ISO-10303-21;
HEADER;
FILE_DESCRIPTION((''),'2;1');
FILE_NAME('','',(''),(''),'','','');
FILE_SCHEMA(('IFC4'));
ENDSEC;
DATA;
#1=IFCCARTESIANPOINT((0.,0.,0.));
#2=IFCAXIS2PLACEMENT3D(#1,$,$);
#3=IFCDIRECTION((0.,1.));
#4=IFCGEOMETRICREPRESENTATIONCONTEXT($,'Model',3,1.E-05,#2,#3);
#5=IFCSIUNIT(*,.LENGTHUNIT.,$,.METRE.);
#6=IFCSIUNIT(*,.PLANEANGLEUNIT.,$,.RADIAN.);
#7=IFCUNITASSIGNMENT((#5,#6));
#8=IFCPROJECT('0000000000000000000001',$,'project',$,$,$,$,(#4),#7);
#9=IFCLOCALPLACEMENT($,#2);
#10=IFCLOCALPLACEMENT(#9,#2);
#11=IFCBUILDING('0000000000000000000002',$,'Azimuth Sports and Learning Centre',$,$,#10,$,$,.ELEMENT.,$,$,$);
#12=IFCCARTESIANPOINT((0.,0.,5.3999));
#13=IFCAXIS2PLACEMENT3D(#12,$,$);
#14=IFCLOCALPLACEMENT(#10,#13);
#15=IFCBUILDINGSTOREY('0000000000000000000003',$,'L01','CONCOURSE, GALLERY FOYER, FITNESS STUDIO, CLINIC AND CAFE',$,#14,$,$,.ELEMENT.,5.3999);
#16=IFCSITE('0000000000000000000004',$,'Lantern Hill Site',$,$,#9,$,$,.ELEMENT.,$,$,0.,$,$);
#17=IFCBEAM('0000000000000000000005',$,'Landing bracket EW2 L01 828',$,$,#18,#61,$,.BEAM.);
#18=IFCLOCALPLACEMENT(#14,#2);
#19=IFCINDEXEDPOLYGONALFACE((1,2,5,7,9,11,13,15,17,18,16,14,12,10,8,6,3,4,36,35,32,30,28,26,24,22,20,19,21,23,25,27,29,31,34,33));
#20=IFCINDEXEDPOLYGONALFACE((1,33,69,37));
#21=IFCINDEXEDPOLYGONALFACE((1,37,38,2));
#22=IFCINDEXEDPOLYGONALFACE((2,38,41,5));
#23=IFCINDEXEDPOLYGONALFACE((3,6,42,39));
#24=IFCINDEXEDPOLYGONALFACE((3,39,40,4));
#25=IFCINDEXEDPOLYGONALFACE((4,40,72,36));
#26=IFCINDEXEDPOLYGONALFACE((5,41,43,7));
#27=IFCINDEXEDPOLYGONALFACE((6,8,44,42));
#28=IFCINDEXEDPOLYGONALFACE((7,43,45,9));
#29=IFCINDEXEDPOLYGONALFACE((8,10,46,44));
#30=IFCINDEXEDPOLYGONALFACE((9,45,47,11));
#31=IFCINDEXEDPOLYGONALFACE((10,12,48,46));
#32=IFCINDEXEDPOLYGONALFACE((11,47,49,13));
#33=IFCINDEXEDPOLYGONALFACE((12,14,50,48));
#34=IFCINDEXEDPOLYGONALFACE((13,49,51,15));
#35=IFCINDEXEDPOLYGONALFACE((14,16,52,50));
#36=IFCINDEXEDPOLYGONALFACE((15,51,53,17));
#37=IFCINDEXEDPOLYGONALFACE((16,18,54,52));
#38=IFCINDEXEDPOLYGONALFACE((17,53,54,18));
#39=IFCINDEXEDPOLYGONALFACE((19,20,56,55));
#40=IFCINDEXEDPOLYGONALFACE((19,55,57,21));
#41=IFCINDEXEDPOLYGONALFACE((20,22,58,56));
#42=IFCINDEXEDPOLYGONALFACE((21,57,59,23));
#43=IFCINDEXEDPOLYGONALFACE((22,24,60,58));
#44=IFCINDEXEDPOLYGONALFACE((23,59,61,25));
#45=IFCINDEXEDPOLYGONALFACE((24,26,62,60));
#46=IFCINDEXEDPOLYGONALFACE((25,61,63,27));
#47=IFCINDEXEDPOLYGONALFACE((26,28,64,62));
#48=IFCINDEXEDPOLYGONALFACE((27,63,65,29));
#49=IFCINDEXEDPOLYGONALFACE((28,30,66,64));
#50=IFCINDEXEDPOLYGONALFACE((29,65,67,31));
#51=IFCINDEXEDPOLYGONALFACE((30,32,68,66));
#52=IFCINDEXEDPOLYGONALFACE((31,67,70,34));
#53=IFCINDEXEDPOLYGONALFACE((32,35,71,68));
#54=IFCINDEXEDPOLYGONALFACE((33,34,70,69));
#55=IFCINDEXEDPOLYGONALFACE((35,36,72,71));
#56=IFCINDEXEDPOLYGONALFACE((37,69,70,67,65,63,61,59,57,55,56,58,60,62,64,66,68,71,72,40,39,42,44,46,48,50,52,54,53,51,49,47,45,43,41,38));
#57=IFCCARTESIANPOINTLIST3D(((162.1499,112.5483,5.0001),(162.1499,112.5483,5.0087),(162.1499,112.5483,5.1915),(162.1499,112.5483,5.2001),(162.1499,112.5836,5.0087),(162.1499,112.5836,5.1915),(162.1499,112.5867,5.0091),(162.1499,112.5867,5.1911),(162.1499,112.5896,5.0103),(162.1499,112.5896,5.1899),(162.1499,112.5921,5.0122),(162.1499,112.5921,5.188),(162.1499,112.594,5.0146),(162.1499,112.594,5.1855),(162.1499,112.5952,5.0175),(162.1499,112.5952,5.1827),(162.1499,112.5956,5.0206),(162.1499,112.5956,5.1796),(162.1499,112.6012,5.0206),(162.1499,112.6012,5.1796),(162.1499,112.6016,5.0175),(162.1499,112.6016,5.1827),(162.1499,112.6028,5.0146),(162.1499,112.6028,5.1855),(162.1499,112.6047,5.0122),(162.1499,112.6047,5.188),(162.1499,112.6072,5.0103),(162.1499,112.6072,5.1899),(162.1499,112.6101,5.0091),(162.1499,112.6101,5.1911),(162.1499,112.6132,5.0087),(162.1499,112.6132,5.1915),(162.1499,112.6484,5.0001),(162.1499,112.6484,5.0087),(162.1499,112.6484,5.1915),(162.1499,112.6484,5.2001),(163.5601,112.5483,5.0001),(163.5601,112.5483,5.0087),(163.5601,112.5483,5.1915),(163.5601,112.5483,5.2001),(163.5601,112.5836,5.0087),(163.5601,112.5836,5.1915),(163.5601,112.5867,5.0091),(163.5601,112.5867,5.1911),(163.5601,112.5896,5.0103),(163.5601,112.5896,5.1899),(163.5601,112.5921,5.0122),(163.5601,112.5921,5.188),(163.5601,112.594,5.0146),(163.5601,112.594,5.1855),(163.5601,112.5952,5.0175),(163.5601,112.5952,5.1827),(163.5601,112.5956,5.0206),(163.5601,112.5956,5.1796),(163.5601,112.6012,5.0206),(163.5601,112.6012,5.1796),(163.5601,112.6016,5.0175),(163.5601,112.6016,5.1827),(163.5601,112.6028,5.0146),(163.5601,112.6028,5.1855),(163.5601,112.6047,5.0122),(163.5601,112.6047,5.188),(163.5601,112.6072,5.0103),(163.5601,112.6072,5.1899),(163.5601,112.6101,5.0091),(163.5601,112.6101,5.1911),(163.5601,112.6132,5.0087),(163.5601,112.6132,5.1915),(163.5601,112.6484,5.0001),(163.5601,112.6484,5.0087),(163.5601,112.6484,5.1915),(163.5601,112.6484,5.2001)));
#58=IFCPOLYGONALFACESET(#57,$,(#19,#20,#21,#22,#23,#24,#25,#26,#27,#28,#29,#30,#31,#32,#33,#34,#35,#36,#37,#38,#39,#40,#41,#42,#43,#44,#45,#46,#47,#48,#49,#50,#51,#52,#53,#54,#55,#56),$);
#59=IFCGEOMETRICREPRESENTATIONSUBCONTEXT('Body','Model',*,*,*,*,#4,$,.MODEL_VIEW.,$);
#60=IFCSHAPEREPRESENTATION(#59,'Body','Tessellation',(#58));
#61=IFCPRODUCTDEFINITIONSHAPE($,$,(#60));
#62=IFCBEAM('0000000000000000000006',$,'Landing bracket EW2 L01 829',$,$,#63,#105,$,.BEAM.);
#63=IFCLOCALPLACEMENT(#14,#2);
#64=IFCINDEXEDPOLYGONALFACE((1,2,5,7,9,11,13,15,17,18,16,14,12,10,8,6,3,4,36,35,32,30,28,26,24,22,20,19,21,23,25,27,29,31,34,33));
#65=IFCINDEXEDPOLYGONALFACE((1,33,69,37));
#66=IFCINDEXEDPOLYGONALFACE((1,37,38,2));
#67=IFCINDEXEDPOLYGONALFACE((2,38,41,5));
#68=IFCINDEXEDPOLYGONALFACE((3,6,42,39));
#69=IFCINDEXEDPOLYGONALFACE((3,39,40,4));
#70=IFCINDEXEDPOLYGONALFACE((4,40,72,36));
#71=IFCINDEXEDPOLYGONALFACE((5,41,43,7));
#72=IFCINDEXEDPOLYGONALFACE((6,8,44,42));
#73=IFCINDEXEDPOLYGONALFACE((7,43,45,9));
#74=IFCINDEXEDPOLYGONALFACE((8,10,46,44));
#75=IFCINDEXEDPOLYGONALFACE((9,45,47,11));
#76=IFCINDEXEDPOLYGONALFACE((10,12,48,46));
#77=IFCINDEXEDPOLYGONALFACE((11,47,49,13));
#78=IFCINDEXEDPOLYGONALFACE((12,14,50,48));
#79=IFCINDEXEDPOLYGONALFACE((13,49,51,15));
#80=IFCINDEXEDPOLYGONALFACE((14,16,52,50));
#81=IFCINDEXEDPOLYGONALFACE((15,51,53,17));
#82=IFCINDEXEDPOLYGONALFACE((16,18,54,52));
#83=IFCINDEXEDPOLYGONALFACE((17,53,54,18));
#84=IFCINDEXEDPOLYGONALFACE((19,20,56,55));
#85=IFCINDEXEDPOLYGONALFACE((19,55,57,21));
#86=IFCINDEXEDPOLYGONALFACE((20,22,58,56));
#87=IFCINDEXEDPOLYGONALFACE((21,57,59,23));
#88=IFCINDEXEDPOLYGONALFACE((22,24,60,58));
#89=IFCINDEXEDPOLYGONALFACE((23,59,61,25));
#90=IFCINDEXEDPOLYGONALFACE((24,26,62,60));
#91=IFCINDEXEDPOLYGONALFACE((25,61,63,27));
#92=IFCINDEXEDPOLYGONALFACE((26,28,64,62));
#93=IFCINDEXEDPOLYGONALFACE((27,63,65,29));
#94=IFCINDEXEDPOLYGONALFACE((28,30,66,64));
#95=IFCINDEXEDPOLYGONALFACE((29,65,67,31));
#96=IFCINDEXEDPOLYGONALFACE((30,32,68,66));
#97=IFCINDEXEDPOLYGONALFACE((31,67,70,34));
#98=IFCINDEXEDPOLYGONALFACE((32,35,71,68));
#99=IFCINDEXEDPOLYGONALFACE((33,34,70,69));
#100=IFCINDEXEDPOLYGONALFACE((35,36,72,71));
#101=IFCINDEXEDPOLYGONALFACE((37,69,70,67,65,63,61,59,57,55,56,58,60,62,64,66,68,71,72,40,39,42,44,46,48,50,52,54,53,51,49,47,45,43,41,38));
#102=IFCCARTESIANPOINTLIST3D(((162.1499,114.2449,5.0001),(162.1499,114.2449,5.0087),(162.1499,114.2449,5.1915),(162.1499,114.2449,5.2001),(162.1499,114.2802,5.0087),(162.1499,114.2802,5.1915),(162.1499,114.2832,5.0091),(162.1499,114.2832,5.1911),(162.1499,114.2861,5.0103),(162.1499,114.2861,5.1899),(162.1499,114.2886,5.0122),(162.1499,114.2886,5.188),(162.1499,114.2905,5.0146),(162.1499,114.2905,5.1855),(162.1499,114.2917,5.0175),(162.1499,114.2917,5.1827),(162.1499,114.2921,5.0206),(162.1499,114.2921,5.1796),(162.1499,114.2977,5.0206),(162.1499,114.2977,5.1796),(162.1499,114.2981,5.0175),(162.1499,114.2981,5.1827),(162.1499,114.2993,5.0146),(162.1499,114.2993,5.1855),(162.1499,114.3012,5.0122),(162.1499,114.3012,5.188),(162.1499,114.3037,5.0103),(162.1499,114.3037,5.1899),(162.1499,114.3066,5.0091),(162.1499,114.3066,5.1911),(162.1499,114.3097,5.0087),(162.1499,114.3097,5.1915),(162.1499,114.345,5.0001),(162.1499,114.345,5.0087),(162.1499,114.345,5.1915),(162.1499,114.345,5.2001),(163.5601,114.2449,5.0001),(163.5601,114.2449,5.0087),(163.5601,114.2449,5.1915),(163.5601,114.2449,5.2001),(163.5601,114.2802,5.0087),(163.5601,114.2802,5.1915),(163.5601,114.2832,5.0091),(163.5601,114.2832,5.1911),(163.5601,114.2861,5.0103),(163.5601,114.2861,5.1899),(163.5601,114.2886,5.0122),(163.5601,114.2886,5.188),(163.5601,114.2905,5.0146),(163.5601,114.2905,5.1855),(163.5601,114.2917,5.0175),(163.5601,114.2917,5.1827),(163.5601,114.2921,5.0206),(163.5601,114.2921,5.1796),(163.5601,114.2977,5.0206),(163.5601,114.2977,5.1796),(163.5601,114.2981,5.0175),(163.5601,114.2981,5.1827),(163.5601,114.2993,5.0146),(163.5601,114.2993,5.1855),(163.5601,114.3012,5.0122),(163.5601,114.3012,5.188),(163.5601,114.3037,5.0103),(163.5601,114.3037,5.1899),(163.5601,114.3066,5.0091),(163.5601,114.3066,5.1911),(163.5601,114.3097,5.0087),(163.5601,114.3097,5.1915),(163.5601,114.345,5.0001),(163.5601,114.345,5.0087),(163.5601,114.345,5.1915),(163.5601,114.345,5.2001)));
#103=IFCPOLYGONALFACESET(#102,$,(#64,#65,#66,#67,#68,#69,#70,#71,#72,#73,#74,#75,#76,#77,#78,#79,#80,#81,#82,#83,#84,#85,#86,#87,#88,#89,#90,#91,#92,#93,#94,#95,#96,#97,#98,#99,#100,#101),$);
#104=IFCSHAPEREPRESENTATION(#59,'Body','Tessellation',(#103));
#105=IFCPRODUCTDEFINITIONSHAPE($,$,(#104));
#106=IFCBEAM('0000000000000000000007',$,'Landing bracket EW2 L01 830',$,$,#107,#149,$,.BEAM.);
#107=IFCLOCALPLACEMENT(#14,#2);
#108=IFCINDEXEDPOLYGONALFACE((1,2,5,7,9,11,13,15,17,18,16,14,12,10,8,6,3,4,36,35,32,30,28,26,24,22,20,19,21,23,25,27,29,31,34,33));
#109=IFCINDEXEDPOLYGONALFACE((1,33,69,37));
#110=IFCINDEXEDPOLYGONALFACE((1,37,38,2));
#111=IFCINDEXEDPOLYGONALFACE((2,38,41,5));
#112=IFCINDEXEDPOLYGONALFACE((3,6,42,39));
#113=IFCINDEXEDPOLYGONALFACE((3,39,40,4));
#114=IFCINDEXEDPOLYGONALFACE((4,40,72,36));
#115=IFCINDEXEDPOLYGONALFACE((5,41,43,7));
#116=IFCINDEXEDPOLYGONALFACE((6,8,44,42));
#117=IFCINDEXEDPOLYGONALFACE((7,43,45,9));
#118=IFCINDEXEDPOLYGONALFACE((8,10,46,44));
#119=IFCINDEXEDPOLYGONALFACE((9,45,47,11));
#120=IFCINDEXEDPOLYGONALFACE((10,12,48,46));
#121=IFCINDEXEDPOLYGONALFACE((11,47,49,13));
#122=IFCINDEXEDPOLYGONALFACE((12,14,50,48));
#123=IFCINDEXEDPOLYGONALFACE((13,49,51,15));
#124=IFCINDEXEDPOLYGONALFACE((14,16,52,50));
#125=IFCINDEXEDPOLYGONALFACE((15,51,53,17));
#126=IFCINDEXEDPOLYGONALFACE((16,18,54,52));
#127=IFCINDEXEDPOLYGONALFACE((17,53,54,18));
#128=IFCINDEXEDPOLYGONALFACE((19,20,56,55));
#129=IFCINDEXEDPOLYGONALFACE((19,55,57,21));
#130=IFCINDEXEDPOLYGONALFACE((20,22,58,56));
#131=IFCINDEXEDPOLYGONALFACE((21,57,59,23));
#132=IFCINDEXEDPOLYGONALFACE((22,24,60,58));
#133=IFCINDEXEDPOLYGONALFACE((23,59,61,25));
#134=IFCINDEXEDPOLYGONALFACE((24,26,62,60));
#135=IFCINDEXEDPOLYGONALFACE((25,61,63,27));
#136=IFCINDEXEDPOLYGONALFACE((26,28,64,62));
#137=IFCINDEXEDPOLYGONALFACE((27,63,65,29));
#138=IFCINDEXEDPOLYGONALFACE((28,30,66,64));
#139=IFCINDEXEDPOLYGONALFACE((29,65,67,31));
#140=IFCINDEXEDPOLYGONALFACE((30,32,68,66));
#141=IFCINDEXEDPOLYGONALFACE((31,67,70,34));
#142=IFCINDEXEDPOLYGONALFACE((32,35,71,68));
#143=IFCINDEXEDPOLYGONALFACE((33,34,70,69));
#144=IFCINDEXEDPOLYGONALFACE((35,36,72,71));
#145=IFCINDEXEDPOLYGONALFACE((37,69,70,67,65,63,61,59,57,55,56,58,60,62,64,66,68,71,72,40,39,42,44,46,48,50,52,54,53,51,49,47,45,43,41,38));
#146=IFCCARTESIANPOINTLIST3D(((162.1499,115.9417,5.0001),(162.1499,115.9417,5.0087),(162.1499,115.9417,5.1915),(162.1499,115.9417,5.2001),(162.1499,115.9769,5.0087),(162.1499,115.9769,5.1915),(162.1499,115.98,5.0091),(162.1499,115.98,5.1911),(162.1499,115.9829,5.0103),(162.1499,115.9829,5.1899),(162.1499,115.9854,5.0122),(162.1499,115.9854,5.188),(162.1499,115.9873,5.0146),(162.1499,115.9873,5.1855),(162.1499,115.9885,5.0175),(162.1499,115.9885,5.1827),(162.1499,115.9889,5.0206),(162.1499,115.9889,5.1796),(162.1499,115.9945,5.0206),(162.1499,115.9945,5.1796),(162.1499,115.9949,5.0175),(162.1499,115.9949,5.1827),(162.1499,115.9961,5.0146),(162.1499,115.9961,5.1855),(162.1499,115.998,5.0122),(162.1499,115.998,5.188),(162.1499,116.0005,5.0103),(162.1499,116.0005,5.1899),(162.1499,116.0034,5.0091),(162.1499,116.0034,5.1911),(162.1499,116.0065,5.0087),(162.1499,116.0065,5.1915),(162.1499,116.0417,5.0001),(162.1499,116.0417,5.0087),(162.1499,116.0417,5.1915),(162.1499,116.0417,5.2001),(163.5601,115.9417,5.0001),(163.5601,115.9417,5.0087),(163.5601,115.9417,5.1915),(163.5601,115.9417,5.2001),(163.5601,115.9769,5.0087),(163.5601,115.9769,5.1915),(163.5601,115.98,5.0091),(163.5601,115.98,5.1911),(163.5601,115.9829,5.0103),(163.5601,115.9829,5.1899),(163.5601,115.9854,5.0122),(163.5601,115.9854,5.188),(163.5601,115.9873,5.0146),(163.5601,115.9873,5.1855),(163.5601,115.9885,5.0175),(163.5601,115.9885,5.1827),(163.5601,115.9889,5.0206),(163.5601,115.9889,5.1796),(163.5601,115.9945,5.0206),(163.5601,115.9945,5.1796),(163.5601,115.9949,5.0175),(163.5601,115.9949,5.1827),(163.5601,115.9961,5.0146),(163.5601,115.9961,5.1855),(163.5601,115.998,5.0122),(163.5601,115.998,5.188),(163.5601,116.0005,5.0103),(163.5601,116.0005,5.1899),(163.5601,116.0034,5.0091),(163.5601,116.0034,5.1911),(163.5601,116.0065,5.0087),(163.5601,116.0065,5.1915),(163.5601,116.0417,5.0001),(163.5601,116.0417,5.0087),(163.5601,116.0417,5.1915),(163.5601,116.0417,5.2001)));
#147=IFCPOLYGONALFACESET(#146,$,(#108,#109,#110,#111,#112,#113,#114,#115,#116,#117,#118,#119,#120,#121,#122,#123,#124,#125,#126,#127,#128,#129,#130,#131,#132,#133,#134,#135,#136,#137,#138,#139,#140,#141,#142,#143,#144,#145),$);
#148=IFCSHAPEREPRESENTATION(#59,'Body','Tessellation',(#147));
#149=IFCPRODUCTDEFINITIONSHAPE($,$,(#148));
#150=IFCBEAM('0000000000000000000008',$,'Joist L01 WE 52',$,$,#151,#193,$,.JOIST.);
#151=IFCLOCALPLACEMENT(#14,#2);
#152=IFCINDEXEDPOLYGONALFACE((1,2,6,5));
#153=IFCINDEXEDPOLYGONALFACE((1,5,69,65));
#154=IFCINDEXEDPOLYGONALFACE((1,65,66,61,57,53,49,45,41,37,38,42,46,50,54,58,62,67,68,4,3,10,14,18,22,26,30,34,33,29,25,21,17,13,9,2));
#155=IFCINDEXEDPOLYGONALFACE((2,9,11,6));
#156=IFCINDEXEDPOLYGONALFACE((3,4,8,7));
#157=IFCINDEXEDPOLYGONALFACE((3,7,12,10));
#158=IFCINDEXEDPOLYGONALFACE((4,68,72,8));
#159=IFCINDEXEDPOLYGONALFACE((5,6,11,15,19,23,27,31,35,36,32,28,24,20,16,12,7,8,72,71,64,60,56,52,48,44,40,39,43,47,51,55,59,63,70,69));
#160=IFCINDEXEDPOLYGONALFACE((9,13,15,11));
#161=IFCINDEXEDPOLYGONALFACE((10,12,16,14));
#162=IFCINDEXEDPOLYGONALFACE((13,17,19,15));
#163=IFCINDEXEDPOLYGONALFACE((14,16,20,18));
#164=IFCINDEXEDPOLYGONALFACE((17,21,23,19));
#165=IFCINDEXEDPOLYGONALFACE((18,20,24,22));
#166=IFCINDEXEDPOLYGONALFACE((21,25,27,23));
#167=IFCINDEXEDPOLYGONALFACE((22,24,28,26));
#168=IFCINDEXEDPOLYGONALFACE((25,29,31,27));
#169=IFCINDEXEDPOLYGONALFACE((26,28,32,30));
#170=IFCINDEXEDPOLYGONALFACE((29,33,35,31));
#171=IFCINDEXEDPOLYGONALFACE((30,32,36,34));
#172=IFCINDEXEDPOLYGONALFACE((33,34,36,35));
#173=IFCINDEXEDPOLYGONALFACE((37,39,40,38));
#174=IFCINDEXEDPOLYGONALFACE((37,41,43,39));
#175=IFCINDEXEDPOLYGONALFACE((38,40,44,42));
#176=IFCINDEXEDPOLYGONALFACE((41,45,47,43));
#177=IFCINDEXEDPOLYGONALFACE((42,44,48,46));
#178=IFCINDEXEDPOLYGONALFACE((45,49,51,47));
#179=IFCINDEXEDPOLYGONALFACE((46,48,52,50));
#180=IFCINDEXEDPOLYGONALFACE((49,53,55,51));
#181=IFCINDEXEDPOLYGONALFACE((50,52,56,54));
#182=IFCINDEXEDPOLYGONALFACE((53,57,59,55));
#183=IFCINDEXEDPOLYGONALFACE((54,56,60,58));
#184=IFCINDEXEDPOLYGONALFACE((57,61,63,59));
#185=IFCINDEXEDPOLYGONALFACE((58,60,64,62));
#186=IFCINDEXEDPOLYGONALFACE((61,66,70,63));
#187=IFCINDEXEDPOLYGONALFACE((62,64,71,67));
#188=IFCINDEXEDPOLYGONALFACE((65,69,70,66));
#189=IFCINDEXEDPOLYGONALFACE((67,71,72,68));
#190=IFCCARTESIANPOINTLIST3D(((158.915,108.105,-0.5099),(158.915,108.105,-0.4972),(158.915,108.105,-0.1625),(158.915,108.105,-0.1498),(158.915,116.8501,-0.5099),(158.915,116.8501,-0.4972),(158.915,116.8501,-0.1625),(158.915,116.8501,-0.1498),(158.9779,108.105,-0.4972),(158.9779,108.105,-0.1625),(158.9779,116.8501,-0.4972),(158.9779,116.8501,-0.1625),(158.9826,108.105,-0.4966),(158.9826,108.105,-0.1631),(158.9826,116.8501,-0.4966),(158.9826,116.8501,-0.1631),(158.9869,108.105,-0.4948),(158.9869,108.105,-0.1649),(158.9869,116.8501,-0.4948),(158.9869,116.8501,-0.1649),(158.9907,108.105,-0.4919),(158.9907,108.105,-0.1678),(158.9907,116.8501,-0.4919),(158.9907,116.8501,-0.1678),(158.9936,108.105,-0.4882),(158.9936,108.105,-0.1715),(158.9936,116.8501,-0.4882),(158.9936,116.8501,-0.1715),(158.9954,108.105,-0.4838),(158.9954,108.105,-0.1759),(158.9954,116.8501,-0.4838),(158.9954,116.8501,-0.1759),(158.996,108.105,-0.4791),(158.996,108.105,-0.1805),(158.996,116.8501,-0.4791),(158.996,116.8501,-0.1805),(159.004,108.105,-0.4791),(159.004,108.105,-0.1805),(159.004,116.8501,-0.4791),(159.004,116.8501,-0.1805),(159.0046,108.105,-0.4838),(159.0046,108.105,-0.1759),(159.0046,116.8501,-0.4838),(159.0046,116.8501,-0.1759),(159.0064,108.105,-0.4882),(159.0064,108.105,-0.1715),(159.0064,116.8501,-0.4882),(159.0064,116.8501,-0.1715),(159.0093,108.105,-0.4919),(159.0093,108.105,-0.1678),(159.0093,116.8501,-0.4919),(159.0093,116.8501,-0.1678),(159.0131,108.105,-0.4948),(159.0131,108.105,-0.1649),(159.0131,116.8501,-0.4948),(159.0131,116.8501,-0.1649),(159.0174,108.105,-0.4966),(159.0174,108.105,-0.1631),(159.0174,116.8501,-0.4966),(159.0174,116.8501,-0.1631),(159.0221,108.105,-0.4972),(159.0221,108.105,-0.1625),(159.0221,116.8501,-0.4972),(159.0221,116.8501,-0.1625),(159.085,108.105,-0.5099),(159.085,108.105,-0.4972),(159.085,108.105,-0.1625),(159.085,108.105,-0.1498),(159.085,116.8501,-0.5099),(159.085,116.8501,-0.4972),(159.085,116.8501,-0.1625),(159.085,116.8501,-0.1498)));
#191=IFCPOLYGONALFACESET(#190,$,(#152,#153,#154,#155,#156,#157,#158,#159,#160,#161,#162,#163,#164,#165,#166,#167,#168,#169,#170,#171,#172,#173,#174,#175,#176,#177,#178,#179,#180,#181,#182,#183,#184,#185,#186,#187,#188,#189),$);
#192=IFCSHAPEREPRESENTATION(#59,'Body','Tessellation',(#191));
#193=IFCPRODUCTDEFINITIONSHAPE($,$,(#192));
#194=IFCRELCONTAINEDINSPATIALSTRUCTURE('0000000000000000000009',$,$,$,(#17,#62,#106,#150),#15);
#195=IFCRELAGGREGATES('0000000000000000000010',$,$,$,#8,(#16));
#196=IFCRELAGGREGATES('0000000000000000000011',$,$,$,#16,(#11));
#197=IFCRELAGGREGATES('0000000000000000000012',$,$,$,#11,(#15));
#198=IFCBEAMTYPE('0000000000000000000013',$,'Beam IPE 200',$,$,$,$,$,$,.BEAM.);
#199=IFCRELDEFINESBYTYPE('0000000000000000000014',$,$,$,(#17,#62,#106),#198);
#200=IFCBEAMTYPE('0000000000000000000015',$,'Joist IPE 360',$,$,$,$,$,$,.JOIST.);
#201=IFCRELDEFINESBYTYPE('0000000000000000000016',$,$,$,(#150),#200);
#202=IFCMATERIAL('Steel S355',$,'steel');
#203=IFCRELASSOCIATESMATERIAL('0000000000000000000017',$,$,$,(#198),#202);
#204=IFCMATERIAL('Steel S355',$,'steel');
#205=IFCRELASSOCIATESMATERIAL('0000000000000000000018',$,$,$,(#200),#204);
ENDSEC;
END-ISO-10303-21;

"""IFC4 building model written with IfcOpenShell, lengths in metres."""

from ifc_helpers import new_model, si_unit, direction, frame, origin, origin_2d, place, context, subcontext, project, spatial, i_section, extrude, material, material_profile, profile_set, type_object, element, save


model = new_model("IFC4")

# Units and contexts
model_context = context("Model", 3, precision=1e-05, world=origin(), true_north=direction((0.0, 1.0)))
body_context = subcontext(model_context, "Body", "Model", "MODEL_VIEW")
ifc_project = project(units=[si_unit("LENGTHUNIT", "METRE"), si_unit("PLANEANGLEUNIT", "RADIAN")], contexts=[model_context])

# Site, building, storey
site_placement = place(None, origin())
site = spatial("IfcSite", under=ifc_project, at=site_placement, Name="Lantern Hill Site", CompositionType="ELEMENT", RefElevation=0.0)
building_placement = place(site_placement, origin())
building = spatial("IfcBuilding", under=site, at=building_placement, Name="Azimuth Sports and Learning Centre", CompositionType="ELEMENT")
storey_placement = place(building_placement, frame((0.0, 0.0, 5.3999)))
storey = spatial("IfcBuildingStorey", under=building, at=storey_placement, Name="L01", Description="CONCOURSE, GALLERY FOYER, FITNESS STUDIO, CLINIC AND CAFE", CompositionType="ELEMENT", Elevation=5.3999)

# Beams
ifc_material_1 = material(Name="Steel S355", Category="steel")
ifc_material_profile_1 = material_profile(ifc_material_1, i_section(OverallWidth=0.1001, OverallDepth=0.2, WebThickness=0.0056, FlangeThickness=0.0085, FilletRadius=0.012, at=origin_2d()), Name="IPE 200")
ifc_profile_set_1 = profile_set([ifc_material_profile_1], Name="Steel S355")
beam_type_1 = type_object("IfcBeamType", Name="Beam IPE 200", PredefinedType="BEAM", material=ifc_profile_set_1)
for number, where, z_axis, x_axis, name in (
    (1, (162.1499, 112.5984, 5.1001), (1.0, 0.0, 0.0), (0.0, 1.0, 0.0), "Landing bracket EW2 L01 828"),
    (2, (162.1499, 114.2949, 5.1001), (1.0, 0.0, 0.0), (0.0, 1.0, 0.0), "Landing bracket EW2 L01 829"),
    (3, (162.1499, 115.9917, 5.1001), (1.0, 0.0, 0.0), (0.0, 1.0, 0.0), "Landing bracket EW2 L01 830"),
):
    element("IfcBeam", number, at=place(storey_placement, frame(where, z_axis=z_axis, x_axis=x_axis)), inside=storey, type_object=beam_type_1, Name=name, PredefinedType="BEAM", context=body_context, shape_type="SweptSolid", body=[
        extrude(i_section(OverallWidth=0.1001, OverallDepth=0.2, WebThickness=0.0056, FlangeThickness=0.0085, FilletRadius=0.012, at=origin_2d()), origin(), (0.0, 0.0, 1.0), 1.4102),
    ])
ifc_material_2 = material(Name="Steel S355", Category="steel")
ifc_material_profile_2 = material_profile(ifc_material_2, i_section(OverallWidth=0.1699, OverallDepth=0.3601, WebThickness=0.0081, FlangeThickness=0.0127, FilletRadius=0.0181, at=origin_2d()), Name="IPE 360")
ifc_profile_set_2 = profile_set([ifc_material_profile_2], Name="Steel S355")
beam_type_2 = type_object("IfcBeamType", Name="Joist IPE 360", PredefinedType="JOIST", material=ifc_profile_set_2)
beam_placement = place(storey_placement, frame((159.0, 108.105, -0.3298), z_axis=(0.0, 1.0, 0.0), x_axis=(-1.0, 0.0, 0.0)))
element("IfcBeam", 4, at=beam_placement, inside=storey, type_object=beam_type_2, Name="Joist L01 WE 52", PredefinedType="JOIST", context=body_context, shape_type="SweptSolid", body=[
    extrude(i_section(OverallWidth=0.1699, OverallDepth=0.3601, WebThickness=0.0081, FlangeThickness=0.0127, FilletRadius=0.0181, at=origin_2d()), origin(), (0.0, 0.0, 1.0), 8.7451),
])

save(model, "model.ifc")
